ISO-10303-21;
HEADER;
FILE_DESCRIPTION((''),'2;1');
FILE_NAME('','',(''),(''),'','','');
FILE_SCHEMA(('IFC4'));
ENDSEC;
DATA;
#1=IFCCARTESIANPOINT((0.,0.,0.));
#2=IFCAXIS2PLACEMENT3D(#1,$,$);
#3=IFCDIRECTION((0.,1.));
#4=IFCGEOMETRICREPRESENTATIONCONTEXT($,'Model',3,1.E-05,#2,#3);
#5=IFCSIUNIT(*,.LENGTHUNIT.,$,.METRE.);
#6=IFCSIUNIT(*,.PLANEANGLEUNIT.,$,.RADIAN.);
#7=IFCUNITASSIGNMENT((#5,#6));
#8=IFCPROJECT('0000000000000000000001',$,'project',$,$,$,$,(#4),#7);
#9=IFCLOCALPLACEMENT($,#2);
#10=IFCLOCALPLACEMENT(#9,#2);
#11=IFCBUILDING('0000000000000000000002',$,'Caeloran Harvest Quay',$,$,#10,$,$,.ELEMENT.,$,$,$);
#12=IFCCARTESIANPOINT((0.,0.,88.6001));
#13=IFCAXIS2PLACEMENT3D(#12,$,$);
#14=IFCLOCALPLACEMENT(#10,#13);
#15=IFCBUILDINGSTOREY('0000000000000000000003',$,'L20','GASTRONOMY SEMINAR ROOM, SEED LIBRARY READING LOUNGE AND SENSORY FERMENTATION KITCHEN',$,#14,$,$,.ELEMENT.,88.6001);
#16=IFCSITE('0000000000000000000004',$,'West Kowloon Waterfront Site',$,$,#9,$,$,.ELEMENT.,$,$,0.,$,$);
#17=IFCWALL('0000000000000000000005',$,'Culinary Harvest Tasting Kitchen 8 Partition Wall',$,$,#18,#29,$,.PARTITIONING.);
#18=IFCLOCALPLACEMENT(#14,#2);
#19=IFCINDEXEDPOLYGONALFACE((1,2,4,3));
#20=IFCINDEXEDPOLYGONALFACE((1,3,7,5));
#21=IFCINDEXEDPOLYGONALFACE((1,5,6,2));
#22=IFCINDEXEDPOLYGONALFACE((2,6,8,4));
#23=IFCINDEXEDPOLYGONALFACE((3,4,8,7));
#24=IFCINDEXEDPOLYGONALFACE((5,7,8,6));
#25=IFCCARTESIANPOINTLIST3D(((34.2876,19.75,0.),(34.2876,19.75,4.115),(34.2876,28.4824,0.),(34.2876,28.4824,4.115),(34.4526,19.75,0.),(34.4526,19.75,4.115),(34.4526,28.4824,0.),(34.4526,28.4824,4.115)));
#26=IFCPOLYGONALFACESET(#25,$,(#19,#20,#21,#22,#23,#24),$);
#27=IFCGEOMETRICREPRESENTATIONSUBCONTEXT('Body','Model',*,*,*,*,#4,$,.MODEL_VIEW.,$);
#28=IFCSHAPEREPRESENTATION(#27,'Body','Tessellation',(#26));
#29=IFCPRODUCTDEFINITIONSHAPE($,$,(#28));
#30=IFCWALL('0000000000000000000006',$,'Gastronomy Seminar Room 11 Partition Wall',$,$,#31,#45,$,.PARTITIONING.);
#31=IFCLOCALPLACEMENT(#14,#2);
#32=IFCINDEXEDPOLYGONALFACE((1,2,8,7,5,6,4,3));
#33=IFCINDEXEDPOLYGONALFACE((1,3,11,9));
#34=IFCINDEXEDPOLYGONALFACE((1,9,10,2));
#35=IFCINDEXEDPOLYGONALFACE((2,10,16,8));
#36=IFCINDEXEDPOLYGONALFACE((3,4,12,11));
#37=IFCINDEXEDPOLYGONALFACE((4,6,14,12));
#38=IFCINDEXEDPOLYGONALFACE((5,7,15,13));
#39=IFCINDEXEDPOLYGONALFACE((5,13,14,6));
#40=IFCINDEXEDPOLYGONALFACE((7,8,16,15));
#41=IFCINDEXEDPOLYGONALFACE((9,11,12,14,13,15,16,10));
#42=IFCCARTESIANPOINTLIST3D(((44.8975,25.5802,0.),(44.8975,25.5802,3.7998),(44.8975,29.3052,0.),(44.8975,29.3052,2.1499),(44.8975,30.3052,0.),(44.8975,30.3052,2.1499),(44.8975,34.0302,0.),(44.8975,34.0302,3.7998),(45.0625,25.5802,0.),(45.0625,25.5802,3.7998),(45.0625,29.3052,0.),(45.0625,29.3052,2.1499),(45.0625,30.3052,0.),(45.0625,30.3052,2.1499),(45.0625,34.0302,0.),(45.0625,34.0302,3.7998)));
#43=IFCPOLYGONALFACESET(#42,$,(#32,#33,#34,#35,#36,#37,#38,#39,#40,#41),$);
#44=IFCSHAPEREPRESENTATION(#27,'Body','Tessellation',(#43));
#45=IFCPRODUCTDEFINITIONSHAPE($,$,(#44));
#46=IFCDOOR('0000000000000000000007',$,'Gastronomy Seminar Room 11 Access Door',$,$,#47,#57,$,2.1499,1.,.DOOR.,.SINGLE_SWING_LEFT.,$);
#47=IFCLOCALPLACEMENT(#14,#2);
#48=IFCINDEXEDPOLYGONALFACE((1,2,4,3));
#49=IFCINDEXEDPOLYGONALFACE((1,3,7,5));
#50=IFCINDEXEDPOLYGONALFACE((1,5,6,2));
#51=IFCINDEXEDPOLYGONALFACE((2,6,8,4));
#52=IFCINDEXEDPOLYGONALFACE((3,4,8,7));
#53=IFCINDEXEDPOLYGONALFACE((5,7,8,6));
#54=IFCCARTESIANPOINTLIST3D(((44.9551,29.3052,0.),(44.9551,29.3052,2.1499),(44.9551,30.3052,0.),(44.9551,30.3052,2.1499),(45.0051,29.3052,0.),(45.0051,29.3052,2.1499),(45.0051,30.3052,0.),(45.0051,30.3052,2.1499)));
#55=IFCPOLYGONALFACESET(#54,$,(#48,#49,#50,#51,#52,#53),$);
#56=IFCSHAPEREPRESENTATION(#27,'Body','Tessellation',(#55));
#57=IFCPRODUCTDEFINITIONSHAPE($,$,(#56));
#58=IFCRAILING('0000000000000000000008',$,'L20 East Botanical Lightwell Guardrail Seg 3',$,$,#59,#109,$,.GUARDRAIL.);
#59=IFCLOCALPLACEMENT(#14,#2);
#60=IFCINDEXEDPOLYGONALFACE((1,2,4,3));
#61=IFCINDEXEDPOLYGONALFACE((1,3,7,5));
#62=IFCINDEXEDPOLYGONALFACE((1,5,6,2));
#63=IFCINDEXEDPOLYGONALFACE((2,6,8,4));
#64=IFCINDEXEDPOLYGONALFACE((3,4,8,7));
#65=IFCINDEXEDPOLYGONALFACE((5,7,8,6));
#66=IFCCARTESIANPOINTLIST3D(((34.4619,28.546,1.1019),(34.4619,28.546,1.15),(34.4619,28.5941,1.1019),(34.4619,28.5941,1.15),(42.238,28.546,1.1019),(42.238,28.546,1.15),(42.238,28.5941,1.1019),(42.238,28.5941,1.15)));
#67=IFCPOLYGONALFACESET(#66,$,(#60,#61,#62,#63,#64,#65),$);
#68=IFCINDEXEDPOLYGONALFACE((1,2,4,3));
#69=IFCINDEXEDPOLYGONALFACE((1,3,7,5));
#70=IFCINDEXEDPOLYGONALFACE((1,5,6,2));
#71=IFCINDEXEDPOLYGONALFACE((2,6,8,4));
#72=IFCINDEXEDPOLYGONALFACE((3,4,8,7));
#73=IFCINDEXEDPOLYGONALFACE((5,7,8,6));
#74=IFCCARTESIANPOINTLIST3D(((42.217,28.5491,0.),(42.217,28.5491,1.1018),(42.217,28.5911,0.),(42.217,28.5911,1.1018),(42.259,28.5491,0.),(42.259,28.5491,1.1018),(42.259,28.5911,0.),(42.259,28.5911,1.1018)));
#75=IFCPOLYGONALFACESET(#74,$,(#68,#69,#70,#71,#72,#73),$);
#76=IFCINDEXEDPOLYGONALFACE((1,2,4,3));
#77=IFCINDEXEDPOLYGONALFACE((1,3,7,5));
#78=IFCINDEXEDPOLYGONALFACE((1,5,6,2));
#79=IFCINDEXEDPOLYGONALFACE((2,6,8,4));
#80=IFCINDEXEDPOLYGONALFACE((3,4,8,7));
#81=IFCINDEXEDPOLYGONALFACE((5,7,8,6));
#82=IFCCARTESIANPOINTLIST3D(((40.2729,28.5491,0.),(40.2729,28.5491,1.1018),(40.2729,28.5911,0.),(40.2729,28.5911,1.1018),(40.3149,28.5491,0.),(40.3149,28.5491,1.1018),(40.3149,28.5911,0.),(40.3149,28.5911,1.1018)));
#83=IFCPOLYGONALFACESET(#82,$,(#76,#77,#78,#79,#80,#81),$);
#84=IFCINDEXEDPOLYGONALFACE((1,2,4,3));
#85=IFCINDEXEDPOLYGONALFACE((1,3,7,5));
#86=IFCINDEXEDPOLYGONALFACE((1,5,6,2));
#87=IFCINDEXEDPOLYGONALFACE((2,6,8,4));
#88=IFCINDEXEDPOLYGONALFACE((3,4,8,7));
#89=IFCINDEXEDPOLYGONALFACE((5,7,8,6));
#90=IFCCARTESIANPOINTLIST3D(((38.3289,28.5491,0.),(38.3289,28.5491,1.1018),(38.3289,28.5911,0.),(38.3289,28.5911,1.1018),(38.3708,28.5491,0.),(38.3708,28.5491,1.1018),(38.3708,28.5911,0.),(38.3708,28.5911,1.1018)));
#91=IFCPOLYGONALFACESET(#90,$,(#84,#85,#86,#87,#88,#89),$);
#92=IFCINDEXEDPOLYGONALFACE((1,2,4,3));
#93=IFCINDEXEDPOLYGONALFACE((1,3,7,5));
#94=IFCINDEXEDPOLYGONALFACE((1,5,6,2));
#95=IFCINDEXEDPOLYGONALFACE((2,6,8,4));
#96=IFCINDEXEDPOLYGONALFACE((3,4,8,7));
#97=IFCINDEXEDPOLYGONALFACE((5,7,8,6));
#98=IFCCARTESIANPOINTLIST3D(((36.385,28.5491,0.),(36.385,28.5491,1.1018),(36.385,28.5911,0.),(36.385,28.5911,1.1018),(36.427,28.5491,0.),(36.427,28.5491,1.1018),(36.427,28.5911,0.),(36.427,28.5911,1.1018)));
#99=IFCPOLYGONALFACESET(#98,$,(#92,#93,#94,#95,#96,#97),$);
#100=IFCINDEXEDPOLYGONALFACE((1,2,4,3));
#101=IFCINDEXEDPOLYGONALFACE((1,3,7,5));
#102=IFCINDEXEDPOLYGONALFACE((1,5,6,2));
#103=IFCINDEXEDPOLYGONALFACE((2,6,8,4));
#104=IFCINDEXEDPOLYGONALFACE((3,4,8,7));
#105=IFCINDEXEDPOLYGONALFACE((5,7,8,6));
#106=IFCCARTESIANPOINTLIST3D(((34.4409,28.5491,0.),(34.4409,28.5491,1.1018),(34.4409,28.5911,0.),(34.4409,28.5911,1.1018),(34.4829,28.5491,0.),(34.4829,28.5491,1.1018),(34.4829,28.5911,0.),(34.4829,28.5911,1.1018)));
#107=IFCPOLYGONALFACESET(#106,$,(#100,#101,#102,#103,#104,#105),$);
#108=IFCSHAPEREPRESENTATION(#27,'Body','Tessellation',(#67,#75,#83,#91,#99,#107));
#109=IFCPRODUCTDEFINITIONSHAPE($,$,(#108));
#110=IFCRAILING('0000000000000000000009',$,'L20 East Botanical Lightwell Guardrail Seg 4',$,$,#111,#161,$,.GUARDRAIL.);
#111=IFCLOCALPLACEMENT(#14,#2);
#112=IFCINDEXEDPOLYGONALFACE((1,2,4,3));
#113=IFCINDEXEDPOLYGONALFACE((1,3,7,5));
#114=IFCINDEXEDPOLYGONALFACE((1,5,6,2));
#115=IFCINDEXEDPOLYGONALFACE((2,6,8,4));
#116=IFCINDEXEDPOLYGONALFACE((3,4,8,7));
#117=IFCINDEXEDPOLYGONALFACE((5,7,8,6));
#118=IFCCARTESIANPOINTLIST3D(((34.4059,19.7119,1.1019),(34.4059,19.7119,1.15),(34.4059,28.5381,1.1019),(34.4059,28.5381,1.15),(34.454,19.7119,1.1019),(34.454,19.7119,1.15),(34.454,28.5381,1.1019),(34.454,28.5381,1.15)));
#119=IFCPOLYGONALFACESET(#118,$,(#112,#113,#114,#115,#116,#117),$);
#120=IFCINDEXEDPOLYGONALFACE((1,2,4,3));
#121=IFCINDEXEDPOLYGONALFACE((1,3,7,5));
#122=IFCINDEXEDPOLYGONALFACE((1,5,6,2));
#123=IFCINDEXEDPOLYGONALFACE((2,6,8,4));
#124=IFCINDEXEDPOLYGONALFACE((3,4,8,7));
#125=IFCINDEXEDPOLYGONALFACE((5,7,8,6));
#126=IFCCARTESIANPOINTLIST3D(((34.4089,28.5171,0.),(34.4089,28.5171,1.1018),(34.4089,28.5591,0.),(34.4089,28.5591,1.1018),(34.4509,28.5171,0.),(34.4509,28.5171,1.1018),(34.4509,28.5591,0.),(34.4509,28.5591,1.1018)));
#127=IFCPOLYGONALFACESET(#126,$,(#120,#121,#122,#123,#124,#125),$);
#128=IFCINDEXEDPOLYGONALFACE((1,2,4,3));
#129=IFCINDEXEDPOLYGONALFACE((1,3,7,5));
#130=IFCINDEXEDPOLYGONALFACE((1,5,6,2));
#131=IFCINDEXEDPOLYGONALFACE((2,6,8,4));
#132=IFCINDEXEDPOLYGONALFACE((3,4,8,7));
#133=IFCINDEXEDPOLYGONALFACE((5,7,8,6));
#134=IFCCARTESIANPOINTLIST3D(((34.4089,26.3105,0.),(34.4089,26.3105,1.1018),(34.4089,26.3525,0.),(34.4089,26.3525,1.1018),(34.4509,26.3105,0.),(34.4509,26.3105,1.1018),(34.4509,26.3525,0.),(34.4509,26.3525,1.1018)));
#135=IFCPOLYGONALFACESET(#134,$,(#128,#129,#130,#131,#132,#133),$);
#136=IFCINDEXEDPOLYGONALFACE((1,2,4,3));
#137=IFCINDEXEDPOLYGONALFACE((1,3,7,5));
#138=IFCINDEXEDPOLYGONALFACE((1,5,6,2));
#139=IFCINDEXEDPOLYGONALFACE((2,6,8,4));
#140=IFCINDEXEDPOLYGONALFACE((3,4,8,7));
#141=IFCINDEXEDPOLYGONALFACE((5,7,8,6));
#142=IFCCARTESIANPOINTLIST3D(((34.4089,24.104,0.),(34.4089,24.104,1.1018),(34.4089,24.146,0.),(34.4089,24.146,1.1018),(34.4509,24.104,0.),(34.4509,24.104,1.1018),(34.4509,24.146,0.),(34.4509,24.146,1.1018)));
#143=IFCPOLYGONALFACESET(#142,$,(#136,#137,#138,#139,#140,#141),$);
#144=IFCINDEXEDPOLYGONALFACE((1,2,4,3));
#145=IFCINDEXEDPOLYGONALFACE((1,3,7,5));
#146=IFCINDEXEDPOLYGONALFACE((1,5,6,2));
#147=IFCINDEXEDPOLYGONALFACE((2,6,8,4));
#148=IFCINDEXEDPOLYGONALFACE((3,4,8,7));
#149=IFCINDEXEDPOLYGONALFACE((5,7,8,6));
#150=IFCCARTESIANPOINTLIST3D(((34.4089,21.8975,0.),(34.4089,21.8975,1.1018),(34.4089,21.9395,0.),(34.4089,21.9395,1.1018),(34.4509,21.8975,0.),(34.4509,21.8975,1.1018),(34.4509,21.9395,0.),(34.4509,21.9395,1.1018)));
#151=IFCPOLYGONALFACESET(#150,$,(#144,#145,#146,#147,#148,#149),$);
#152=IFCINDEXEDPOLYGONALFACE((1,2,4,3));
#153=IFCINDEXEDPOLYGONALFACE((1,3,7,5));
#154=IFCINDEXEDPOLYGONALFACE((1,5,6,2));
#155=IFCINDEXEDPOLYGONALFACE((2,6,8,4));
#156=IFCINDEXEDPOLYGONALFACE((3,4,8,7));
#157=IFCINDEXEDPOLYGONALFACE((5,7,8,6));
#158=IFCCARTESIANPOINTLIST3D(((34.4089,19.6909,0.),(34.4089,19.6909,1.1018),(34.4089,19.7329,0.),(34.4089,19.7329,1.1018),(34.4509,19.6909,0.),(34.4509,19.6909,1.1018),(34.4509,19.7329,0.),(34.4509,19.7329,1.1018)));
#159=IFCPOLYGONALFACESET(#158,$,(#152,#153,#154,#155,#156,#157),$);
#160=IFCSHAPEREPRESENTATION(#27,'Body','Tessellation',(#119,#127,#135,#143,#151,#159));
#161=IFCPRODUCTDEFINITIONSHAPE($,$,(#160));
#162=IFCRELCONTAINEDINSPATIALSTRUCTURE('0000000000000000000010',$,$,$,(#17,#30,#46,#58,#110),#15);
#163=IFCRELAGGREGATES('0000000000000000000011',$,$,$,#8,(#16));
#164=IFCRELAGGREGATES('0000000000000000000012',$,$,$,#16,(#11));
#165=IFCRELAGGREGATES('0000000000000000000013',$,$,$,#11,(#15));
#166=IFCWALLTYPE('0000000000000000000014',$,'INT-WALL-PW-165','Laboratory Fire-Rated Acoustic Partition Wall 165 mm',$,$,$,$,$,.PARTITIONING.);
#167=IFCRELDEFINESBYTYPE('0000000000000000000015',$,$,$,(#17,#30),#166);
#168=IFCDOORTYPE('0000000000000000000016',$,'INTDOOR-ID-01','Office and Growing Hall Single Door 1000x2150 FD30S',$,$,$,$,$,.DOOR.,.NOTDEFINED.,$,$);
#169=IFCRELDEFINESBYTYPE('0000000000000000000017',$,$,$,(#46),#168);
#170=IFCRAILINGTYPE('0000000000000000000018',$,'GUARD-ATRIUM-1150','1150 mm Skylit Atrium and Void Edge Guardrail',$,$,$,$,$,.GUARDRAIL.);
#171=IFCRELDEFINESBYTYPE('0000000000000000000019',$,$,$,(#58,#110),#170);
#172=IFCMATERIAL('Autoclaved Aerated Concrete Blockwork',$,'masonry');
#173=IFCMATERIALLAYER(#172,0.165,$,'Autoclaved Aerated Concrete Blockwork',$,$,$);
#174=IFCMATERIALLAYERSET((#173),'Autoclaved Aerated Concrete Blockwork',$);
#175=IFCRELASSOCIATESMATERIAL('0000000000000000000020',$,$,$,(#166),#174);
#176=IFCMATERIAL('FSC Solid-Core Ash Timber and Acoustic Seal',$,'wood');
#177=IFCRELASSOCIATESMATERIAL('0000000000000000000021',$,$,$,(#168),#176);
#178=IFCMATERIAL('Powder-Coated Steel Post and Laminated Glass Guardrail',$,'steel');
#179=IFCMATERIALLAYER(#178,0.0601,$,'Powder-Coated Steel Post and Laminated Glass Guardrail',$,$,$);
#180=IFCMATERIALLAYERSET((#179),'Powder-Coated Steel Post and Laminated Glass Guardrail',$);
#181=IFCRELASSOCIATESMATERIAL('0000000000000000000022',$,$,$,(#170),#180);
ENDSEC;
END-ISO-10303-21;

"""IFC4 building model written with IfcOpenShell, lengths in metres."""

from ifc_helpers import new_model, si_unit, direction, frame, frame_2d, origin, origin_2d, place, context, subcontext, project, spatial, rectangle, extrude, material, layer, layer_set, type_object, element, fill, save


model = new_model("IFC4")

# Units and contexts
model_context = context("Model", 3, precision=1e-05, world=origin(), true_north=direction((0.0, 1.0)))
body_context = subcontext(model_context, "Body", "Model", "MODEL_VIEW")
ifc_project = project(units=[si_unit("LENGTHUNIT", "METRE"), si_unit("PLANEANGLEUNIT", "RADIAN")], contexts=[model_context])

# Site, building, storey
site_placement = place(None, origin())
site = spatial("IfcSite", under=ifc_project, at=site_placement, Name="West Kowloon Waterfront Site", CompositionType="ELEMENT", RefElevation=0.0)
building_placement = place(site_placement, origin())
building = spatial("IfcBuilding", under=site, at=building_placement, Name="Caeloran Harvest Quay", CompositionType="ELEMENT")
storey_placement = place(building_placement, frame((0.0, 0.0, 88.6001)))
storey = spatial("IfcBuildingStorey", under=building, at=storey_placement, Name="L20", Description="GASTRONOMY SEMINAR ROOM, SEED LIBRARY READING LOUNGE AND SENSORY FERMENTATION KITCHEN", CompositionType="ELEMENT", Elevation=88.6001)

# Wall
ifc_material_1 = material(Name="Autoclaved Aerated Concrete Blockwork", Category="masonry")
ifc_layer_1 = layer(ifc_material_1, 0.165, Name="Autoclaved Aerated Concrete Blockwork")
ifc_layer_set_1 = layer_set([ifc_layer_1], Name="Autoclaved Aerated Concrete Blockwork")
wall_type = type_object("IfcWallType", Name="INT-WALL-PW-165", Description="Laboratory Fire-Rated Acoustic Partition Wall 165 mm", PredefinedType="PARTITIONING", material=ifc_layer_set_1)
wall_1_placement = place(storey_placement, frame((34.3701, 28.4824, 0.0), z_axis=(0.0, 0.0, 1.0), x_axis=(0.0, -1.0, 0.0)))
element("IfcWall", 1, at=wall_1_placement, inside=storey, type_object=wall_type, Name="Culinary Harvest Tasting Kitchen 8 Partition Wall", PredefinedType="PARTITIONING", context=body_context, shape_type="SweptSolid", body=[
    extrude(rectangle(XDim=8.7324, YDim=0.165, at=frame_2d((4.3662, 0.0))), origin(), (0.0, 0.0, 1.0), 4.115),
])

# Wall, opening, door
wall_2_placement = place(storey_placement, frame((44.98, 25.5801, 0.0), z_axis=(0.0, 0.0, 1.0), x_axis=(0.0, 1.0, 0.0)))
wall_2 = element("IfcWall", 2, at=wall_2_placement, inside=storey, type_object=wall_type, Name="Gastronomy Seminar Room 11 Partition Wall", PredefinedType="PARTITIONING", context=body_context, shape_type="SweptSolid", body=[
    extrude(rectangle(XDim=8.45, YDim=0.165, at=frame_2d((4.2251, 0.0))), origin(), (0.0, 0.0, 1.0), 3.7998),
])
opening_placement = place(wall_2_placement, frame((3.7251, 0.0, 0.0)))
opening = element("IfcOpeningElement", 3, at=opening_placement, cuts=wall_2, PredefinedType="OPENING", context=body_context, shape_type="SweptSolid", body=[
    extrude(rectangle(XDim=1.0, YDim=2.1499, at=frame_2d((0.5, 1.075))), frame((0.0, 0.0925, 0.0), z_axis=(0.0, -1.0, 0.0), x_axis=(1.0, 0.0, 0.0)), (0.0, 0.0, 1.0), 0.1851),
])
ifc_material_2 = material(Name="FSC Solid-Core Ash Timber and Acoustic Seal", Category="wood")
door_type = type_object("IfcDoorType", Name="INTDOOR-ID-01", Description="Office and Growing Hall Single Door 1000x2150 FD30S", OperationType="NOTDEFINED", PredefinedType="DOOR", material=ifc_material_2)
door_placement = place(opening_placement, origin())
door = element("IfcDoor", 4, at=door_placement, inside=storey, type_object=door_type, Name="Gastronomy Seminar Room 11 Access Door", OperationType="SINGLE_SWING_LEFT", OverallHeight=2.1499, OverallWidth=1.0, PredefinedType="DOOR", context=body_context, shape_type="SweptSolid", body=[
    extrude(rectangle(XDim=1.0, YDim=2.1499, at=frame_2d((0.5, 1.075))), frame((0.0, 0.0249, 0.0), z_axis=(0.0, -1.0, 0.0), x_axis=(1.0, 0.0, 0.0)), (0.0, 0.0, 1.0), 0.05),
])
fill(opening, door)

# Railings
ifc_material_3 = material(Name="Powder-Coated Steel Post and Laminated Glass Guardrail", Category="steel")
ifc_layer_2 = layer(ifc_material_3, 0.0601, Name="Powder-Coated Steel Post and Laminated Glass Guardrail")
ifc_layer_set_2 = layer_set([ifc_layer_2], Name="Powder-Coated Steel Post and Laminated Glass Guardrail")
railing_type = type_object("IfcRailingType", Name="GUARD-ATRIUM-1150", Description="1150 mm Skylit Atrium and Void Edge Guardrail", PredefinedType="GUARDRAIL", material=ifc_layer_set_2)
railing_1_placement = place(storey_placement, frame((42.238, 28.5701, 0.0)))
element("IfcRailing", 5, at=railing_1_placement, inside=storey, type_object=railing_type, Name="L20 East Botanical Lightwell Guardrail Seg 3", PredefinedType="GUARDRAIL", context=body_context, shape_type="SweptSolid", body=[
    extrude(rectangle(XDim=0.0481, YDim=0.0481, at=origin_2d()), frame((0.0, 0.0, 1.126), z_axis=(-1.0, 0.0, 0.0), x_axis=(0.0, -1.0, 0.0)), (0.0, 0.0, 1.0), 7.7761),
    extrude(rectangle(XDim=0.042, YDim=0.042, at=origin_2d()), origin(), (0.0, 0.0, 1.0), 1.1018),
    extrude(rectangle(XDim=0.042, YDim=0.042, at=origin_2d()), frame((-1.9441, 0.0, 0.0)), (0.0, 0.0, 1.0), 1.1018),
    extrude(rectangle(XDim=0.042, YDim=0.042, at=origin_2d()), frame((-3.8882, 0.0, 0.0)), (0.0, 0.0, 1.0), 1.1018),
    extrude(rectangle(XDim=0.042, YDim=0.042, at=origin_2d()), frame((-5.832, 0.0, 0.0)), (0.0, 0.0, 1.0), 1.1018),
    extrude(rectangle(XDim=0.042, YDim=0.042, at=origin_2d()), frame((-7.7761, 0.0, 0.0)), (0.0, 0.0, 1.0), 1.1018),
])
railing_2_placement = place(storey_placement, frame((34.4299, 28.5381, 0.0)))
element("IfcRailing", 6, at=railing_2_placement, inside=storey, type_object=railing_type, Name="L20 East Botanical Lightwell Guardrail Seg 4", PredefinedType="GUARDRAIL", context=body_context, shape_type="SweptSolid", body=[
    extrude(rectangle(XDim=0.0481, YDim=0.0481, at=origin_2d()), frame((0.0, 0.0, 1.126), z_axis=(0.0, -1.0, 0.0), x_axis=(1.0, 0.0, 0.0)), (0.0, 0.0, 1.0), 8.8262),
    extrude(rectangle(XDim=0.042, YDim=0.042, at=origin_2d()), origin(), (0.0, 0.0, 1.0), 1.1018),
    extrude(rectangle(XDim=0.042, YDim=0.042, at=origin_2d()), frame((0.0, -2.2065, 0.0)), (0.0, 0.0, 1.0), 1.1018),
    extrude(rectangle(XDim=0.042, YDim=0.042, at=origin_2d()), frame((0.0, -4.4131, 0.0)), (0.0, 0.0, 1.0), 1.1018),
    extrude(rectangle(XDim=0.042, YDim=0.042, at=origin_2d()), frame((0.0, -6.6196, 0.0)), (0.0, 0.0, 1.0), 1.1018),
    extrude(rectangle(XDim=0.042, YDim=0.042, at=origin_2d()), frame((0.0, -8.8262, 0.0)), (0.0, 0.0, 1.0), 1.1018),
])

save(model, "model.ifc")
